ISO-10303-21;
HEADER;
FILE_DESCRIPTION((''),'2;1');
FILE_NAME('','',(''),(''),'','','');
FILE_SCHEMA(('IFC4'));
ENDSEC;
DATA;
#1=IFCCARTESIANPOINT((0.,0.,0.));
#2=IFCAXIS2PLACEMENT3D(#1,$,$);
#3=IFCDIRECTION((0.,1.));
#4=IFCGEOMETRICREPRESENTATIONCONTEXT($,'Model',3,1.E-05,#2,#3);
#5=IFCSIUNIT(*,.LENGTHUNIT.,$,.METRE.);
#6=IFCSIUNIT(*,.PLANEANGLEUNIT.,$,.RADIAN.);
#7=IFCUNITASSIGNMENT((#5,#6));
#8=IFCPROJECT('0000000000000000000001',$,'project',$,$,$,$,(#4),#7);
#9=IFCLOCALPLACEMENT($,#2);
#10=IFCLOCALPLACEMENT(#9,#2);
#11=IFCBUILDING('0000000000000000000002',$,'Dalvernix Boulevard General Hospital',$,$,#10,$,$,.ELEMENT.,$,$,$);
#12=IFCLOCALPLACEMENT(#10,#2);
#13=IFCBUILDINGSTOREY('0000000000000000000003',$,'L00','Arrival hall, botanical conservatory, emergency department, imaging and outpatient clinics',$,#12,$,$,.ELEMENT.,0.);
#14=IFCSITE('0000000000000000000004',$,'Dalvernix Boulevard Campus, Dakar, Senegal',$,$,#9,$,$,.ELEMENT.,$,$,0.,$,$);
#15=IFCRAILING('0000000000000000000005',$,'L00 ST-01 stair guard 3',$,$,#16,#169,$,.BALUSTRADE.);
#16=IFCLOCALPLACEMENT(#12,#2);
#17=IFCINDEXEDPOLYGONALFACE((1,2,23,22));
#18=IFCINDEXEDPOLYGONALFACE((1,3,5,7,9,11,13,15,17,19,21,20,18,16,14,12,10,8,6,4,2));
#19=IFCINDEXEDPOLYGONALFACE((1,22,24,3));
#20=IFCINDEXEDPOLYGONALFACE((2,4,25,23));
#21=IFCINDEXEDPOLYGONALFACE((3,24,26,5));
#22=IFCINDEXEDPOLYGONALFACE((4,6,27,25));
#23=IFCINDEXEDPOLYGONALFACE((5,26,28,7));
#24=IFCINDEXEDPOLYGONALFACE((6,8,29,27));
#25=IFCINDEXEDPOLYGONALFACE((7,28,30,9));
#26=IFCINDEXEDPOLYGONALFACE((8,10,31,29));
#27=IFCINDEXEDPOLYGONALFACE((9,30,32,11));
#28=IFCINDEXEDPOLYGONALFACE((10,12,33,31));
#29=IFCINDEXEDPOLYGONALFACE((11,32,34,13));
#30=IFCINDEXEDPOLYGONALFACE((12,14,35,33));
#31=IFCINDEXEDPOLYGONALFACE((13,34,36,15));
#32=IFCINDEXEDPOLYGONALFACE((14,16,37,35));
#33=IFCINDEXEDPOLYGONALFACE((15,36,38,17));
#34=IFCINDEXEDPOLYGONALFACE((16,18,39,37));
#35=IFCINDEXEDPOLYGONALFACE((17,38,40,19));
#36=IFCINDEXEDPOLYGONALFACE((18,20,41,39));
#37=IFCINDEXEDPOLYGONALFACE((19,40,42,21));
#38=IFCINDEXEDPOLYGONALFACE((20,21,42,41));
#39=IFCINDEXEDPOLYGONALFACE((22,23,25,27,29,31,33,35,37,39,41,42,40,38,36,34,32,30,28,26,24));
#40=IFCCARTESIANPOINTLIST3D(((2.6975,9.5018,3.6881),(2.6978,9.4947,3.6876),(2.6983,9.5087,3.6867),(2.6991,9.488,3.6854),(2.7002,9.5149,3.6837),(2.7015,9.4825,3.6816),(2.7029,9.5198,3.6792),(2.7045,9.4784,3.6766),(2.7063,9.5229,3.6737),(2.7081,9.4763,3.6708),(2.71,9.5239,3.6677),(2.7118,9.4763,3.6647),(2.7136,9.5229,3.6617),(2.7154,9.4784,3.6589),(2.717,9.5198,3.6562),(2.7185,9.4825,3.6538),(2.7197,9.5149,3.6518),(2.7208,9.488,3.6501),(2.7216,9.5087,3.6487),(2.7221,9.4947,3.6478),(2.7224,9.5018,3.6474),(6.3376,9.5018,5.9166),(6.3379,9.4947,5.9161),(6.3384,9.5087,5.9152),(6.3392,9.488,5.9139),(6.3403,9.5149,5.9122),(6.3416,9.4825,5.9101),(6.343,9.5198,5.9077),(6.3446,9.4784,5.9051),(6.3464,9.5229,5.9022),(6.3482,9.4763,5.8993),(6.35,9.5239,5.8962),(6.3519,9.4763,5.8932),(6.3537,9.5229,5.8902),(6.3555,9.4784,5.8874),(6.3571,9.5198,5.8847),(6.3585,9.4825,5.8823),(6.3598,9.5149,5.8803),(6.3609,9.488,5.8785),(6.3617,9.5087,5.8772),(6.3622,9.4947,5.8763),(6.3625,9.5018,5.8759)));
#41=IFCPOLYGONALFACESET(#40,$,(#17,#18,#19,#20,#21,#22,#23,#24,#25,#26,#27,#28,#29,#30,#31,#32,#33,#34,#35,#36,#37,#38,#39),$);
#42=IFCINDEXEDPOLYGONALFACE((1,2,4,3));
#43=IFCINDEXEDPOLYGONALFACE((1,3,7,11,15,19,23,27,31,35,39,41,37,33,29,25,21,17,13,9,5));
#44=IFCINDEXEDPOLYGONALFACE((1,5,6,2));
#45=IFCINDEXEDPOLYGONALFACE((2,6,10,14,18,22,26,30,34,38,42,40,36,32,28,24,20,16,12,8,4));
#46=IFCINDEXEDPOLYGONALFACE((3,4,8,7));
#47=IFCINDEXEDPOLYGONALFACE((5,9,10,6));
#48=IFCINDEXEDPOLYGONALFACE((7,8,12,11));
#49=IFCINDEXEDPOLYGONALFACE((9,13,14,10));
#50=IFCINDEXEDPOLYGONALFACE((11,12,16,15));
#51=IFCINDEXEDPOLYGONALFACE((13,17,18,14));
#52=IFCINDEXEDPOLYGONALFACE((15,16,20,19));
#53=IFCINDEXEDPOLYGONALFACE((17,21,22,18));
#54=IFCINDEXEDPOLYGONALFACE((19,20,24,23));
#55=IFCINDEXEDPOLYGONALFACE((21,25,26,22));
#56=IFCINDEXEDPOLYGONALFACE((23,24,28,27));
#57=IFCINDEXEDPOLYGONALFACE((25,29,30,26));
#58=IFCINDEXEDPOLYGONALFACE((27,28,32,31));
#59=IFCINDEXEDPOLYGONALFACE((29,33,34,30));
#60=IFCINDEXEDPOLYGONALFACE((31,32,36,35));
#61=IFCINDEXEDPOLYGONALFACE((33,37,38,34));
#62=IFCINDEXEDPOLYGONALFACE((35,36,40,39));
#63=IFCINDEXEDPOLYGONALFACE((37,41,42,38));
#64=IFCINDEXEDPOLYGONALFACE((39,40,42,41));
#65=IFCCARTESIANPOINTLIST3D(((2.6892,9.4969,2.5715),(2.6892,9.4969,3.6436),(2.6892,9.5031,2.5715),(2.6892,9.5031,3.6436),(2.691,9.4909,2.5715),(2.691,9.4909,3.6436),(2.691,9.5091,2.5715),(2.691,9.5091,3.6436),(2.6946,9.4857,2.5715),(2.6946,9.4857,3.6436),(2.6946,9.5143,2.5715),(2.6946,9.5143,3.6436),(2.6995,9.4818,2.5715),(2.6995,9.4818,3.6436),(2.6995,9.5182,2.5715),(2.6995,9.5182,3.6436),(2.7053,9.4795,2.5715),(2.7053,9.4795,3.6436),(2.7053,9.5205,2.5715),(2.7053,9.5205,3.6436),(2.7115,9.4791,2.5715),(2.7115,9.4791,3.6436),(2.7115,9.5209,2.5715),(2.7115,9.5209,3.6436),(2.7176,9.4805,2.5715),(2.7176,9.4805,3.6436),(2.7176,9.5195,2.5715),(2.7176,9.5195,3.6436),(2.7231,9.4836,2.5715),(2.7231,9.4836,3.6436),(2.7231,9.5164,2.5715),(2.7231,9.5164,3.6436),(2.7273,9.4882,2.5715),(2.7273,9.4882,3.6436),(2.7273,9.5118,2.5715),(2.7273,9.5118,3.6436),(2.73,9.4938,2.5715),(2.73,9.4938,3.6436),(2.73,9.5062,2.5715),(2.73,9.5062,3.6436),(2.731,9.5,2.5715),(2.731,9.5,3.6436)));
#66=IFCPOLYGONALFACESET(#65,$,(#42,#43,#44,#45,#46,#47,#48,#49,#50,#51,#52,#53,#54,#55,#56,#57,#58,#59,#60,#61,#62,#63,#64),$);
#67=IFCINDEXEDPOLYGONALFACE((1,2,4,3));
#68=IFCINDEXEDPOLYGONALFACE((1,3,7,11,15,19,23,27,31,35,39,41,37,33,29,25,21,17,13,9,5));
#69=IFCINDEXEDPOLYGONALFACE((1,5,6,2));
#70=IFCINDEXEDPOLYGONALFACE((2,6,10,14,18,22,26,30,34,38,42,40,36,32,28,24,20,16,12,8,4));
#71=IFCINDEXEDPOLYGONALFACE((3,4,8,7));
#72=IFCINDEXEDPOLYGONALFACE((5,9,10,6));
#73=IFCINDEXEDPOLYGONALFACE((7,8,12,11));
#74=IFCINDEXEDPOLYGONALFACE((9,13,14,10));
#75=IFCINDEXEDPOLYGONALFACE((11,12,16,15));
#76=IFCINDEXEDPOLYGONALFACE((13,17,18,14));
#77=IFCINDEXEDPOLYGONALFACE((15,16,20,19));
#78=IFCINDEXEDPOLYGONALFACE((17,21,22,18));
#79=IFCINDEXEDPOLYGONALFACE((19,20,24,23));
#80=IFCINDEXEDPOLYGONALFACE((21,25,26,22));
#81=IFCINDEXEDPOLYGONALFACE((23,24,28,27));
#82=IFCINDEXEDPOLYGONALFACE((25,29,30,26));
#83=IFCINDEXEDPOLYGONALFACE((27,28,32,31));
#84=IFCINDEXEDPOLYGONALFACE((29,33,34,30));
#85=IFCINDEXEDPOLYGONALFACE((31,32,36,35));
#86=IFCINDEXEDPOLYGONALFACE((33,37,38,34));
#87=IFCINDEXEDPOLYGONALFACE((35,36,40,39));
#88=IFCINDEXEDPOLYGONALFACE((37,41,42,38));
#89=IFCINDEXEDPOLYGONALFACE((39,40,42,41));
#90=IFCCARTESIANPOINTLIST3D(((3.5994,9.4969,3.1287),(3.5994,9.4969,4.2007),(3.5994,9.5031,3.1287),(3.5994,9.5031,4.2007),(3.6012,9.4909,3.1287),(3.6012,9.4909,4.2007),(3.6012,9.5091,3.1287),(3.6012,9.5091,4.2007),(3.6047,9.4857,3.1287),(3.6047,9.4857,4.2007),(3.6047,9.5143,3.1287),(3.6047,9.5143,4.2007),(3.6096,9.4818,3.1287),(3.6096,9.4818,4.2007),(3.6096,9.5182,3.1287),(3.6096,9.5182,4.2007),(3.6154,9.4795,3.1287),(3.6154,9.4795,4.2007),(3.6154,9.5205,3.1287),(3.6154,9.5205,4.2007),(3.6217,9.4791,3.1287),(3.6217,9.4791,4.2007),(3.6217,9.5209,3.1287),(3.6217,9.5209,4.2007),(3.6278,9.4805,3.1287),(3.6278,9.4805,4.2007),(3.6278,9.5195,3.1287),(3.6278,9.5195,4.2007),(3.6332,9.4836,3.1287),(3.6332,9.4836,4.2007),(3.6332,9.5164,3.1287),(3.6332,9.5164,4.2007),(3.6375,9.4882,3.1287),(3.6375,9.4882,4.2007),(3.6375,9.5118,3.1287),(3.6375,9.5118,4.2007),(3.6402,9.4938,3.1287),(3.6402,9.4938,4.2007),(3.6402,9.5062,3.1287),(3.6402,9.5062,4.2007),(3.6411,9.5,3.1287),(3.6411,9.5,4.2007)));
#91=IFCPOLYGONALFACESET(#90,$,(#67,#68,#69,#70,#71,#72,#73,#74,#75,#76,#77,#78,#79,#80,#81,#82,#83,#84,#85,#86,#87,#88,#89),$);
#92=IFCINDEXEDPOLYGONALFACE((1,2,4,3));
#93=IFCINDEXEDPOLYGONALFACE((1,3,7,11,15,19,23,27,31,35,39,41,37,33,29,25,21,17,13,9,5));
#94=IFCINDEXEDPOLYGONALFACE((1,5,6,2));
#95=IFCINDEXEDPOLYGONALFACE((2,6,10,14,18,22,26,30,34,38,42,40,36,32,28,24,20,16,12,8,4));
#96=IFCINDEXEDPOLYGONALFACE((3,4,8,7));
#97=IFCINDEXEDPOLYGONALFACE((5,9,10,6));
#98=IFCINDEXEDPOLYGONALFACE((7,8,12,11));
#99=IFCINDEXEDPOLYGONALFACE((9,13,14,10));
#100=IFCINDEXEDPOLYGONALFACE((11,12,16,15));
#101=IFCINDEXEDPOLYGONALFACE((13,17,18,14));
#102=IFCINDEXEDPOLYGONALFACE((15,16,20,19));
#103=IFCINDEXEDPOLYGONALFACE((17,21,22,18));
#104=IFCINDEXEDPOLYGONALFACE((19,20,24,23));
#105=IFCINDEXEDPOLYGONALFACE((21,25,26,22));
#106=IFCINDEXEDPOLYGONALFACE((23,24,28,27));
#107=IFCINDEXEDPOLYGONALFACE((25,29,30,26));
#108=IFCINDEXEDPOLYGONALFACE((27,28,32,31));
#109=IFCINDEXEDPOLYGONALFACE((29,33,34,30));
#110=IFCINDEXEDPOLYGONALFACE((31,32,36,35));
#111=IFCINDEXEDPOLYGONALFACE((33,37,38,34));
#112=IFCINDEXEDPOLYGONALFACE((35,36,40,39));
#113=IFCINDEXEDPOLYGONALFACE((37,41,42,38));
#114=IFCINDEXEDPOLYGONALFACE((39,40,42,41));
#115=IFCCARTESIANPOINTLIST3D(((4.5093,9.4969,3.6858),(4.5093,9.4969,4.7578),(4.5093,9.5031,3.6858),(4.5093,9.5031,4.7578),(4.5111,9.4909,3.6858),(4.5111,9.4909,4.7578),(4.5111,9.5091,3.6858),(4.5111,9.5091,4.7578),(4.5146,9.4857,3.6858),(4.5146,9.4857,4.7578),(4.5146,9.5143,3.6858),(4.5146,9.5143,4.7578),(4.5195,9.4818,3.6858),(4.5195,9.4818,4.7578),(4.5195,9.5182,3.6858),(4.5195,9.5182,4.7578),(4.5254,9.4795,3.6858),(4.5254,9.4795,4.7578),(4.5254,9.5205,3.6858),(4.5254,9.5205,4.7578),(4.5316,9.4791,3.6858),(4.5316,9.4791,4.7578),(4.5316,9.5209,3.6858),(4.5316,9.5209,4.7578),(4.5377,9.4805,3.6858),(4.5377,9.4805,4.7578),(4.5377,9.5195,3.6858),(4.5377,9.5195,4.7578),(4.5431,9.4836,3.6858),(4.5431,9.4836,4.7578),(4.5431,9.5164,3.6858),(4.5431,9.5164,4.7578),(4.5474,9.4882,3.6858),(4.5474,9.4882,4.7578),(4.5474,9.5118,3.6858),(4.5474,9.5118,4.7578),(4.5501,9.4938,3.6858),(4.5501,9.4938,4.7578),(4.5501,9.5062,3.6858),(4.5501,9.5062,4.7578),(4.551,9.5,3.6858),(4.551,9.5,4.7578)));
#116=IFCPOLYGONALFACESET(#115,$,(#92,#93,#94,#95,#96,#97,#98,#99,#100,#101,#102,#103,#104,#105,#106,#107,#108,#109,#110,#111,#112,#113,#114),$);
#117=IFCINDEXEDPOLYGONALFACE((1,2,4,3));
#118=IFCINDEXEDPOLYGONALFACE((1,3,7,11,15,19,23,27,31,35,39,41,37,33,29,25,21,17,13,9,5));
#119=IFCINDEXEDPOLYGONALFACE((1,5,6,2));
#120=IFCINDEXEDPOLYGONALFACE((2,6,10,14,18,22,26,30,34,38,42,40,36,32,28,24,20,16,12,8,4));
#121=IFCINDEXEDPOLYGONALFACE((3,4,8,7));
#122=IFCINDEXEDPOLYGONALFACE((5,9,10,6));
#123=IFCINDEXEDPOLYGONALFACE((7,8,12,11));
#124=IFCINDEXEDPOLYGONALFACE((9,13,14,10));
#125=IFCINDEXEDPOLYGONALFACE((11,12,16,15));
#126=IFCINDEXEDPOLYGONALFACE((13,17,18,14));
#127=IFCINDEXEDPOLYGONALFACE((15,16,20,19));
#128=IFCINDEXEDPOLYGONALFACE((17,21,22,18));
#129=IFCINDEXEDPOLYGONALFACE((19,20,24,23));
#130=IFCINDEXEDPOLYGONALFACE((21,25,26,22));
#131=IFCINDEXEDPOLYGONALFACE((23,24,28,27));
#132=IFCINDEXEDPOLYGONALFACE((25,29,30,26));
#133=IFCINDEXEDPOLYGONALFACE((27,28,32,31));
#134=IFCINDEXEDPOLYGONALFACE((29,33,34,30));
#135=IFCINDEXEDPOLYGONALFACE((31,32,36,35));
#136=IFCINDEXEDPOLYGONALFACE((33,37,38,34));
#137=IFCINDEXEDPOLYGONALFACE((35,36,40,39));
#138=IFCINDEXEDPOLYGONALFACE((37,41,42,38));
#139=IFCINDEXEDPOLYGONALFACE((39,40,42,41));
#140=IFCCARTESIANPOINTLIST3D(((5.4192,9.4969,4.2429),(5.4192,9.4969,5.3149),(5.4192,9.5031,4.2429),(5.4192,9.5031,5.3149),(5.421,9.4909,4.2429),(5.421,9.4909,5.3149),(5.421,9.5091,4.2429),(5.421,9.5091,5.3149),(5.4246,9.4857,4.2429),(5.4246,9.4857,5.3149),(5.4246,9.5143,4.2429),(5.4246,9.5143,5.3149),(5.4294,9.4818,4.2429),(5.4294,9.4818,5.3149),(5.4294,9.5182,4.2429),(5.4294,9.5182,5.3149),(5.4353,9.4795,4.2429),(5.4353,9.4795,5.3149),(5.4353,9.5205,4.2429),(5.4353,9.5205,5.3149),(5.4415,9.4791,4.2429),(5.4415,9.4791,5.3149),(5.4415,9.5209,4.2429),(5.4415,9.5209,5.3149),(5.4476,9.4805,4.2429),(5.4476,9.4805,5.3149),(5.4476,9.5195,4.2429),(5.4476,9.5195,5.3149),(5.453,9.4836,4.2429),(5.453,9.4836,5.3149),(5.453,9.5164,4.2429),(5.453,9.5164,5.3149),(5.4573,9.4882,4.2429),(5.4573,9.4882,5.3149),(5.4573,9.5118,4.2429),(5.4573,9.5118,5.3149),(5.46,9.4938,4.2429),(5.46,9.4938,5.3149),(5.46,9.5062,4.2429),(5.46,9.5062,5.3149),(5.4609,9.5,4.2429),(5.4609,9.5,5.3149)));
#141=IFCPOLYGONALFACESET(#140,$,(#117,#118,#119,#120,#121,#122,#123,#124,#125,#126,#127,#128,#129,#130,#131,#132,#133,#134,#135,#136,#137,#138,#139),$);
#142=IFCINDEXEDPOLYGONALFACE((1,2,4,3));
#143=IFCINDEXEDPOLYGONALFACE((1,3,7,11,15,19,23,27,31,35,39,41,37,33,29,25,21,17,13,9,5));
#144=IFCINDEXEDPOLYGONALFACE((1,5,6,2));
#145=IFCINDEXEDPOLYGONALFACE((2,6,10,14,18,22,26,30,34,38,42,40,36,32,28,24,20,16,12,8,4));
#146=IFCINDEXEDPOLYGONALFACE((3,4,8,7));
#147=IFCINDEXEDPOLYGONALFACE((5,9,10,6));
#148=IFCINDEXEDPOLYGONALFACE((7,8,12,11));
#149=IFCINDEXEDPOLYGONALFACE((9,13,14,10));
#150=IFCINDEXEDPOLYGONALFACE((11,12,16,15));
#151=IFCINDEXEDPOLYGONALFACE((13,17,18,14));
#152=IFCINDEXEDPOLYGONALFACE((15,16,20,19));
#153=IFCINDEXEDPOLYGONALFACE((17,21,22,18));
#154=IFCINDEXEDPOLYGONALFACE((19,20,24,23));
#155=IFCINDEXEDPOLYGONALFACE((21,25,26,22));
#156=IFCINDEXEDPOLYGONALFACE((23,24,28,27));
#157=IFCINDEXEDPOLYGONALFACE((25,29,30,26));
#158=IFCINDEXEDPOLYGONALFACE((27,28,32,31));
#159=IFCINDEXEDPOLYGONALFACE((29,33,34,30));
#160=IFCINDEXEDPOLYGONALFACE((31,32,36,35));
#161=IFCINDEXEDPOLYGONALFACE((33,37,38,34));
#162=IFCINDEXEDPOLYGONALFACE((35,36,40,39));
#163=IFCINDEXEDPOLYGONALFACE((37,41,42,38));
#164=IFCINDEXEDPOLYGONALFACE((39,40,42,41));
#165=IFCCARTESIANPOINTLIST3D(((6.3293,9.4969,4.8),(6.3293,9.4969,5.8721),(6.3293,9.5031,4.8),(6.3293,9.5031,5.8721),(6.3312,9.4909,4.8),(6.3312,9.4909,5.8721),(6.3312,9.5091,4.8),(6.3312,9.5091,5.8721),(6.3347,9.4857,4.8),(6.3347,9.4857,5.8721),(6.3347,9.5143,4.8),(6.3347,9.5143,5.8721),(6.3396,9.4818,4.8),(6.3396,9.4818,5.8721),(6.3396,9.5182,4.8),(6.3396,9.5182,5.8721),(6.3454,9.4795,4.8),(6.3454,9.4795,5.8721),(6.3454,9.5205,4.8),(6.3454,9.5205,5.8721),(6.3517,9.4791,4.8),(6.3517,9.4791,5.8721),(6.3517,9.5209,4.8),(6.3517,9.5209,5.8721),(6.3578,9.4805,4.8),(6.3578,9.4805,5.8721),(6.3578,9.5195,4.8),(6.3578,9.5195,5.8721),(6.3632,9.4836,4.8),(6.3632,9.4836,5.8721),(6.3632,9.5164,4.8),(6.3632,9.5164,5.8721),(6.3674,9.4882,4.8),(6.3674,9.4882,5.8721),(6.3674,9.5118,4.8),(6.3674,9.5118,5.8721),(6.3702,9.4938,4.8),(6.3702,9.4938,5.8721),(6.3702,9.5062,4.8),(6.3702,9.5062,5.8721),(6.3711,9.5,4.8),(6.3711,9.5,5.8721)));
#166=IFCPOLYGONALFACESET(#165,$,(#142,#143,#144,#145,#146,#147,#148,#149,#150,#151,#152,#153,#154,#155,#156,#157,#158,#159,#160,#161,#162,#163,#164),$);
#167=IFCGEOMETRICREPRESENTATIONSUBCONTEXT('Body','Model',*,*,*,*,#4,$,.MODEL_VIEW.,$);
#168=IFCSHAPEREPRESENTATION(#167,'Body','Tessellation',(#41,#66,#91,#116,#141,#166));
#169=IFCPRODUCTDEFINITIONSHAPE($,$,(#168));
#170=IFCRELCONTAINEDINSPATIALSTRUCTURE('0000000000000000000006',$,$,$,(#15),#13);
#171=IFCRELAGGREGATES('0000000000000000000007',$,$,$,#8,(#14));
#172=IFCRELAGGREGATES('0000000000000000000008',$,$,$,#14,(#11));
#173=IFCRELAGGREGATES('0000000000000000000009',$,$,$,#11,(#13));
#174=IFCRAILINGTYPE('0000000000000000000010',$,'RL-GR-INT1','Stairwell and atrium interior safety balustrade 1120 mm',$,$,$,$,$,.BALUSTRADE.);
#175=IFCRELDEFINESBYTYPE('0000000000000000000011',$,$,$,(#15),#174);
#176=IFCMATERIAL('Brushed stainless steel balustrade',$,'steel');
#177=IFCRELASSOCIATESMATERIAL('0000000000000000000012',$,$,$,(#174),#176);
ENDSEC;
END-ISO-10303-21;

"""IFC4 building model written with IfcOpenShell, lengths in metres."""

from ifc_helpers import new_model, si_unit, direction, frame, origin, origin_2d, place, context, subcontext, project, spatial, circle, extrude, material, type_object, element, save


model = new_model("IFC4")

# Units and contexts
model_context = context("Model", 3, precision=1e-05, world=origin(), true_north=direction((0.0, 1.0)))
body_context = subcontext(model_context, "Body", "Model", "MODEL_VIEW")
ifc_project = project(units=[si_unit("LENGTHUNIT", "METRE"), si_unit("PLANEANGLEUNIT", "RADIAN")], contexts=[model_context])

# Site, building, storey
site_placement = place(None, origin())
site = spatial("IfcSite", under=ifc_project, at=site_placement, Name="Dalvernix Boulevard Campus, Dakar, Senegal", CompositionType="ELEMENT", RefElevation=0.0)
building_placement = place(site_placement, origin())
building = spatial("IfcBuilding", under=site, at=building_placement, Name="Dalvernix Boulevard General Hospital", CompositionType="ELEMENT")
storey_placement = place(building_placement, origin())
storey = spatial("IfcBuildingStorey", under=building, at=storey_placement, Name="L00", Description="Arrival hall, botanical conservatory, emergency department, imaging and outpatient clinics", CompositionType="ELEMENT", Elevation=0.0)

# Railing
ifc_material_1 = material(Name="Brushed stainless steel balustrade", Category="steel")
railing_type_1 = type_object("IfcRailingType", Name="RL-GR-INT1", Description="Stairwell and atrium interior safety balustrade 1120 mm", PredefinedType="BALUSTRADE", material=ifc_material_1)
railing_1_placement = place(storey_placement, frame((2.71, 9.5, 2.5715)))
element("IfcRailing", 1, at=railing_1_placement, inside=storey, type_object=railing_type_1, Name="L00 ST-01 stair guard 3", PredefinedType="BALUSTRADE", context=body_context, shape_type="SweptSolid", body=[
    extrude(circle(Radius=0.0239, at=origin_2d()), frame((0.0, 0.0, 1.0962), z_axis=(0.852866, 0.0, 0.52213), x_axis=(0.0, 1.0, 0.0)), (0.0, 0.0, 1.0), 4.2681),
    extrude(circle(Radius=0.021, at=origin_2d()), origin(), (0.0, 0.0, 1.0), 1.072),
    extrude(circle(Radius=0.021, at=origin_2d()), frame((0.9102, 0.0, 0.5571)), (0.0, 0.0, 1.0), 1.072),
    extrude(circle(Radius=0.021, at=origin_2d()), frame((1.8201, 0.0, 1.1143)), (0.0, 0.0, 1.0), 1.072),
    extrude(circle(Radius=0.021, at=origin_2d()), frame((2.73, 0.0, 1.6714)), (0.0, 0.0, 1.0), 1.072),
    extrude(circle(Radius=0.021, at=origin_2d()), frame((3.6401, 0.0, 2.2285)), (0.0, 0.0, 1.0), 1.072),
])

save(model, "model.ifc")
